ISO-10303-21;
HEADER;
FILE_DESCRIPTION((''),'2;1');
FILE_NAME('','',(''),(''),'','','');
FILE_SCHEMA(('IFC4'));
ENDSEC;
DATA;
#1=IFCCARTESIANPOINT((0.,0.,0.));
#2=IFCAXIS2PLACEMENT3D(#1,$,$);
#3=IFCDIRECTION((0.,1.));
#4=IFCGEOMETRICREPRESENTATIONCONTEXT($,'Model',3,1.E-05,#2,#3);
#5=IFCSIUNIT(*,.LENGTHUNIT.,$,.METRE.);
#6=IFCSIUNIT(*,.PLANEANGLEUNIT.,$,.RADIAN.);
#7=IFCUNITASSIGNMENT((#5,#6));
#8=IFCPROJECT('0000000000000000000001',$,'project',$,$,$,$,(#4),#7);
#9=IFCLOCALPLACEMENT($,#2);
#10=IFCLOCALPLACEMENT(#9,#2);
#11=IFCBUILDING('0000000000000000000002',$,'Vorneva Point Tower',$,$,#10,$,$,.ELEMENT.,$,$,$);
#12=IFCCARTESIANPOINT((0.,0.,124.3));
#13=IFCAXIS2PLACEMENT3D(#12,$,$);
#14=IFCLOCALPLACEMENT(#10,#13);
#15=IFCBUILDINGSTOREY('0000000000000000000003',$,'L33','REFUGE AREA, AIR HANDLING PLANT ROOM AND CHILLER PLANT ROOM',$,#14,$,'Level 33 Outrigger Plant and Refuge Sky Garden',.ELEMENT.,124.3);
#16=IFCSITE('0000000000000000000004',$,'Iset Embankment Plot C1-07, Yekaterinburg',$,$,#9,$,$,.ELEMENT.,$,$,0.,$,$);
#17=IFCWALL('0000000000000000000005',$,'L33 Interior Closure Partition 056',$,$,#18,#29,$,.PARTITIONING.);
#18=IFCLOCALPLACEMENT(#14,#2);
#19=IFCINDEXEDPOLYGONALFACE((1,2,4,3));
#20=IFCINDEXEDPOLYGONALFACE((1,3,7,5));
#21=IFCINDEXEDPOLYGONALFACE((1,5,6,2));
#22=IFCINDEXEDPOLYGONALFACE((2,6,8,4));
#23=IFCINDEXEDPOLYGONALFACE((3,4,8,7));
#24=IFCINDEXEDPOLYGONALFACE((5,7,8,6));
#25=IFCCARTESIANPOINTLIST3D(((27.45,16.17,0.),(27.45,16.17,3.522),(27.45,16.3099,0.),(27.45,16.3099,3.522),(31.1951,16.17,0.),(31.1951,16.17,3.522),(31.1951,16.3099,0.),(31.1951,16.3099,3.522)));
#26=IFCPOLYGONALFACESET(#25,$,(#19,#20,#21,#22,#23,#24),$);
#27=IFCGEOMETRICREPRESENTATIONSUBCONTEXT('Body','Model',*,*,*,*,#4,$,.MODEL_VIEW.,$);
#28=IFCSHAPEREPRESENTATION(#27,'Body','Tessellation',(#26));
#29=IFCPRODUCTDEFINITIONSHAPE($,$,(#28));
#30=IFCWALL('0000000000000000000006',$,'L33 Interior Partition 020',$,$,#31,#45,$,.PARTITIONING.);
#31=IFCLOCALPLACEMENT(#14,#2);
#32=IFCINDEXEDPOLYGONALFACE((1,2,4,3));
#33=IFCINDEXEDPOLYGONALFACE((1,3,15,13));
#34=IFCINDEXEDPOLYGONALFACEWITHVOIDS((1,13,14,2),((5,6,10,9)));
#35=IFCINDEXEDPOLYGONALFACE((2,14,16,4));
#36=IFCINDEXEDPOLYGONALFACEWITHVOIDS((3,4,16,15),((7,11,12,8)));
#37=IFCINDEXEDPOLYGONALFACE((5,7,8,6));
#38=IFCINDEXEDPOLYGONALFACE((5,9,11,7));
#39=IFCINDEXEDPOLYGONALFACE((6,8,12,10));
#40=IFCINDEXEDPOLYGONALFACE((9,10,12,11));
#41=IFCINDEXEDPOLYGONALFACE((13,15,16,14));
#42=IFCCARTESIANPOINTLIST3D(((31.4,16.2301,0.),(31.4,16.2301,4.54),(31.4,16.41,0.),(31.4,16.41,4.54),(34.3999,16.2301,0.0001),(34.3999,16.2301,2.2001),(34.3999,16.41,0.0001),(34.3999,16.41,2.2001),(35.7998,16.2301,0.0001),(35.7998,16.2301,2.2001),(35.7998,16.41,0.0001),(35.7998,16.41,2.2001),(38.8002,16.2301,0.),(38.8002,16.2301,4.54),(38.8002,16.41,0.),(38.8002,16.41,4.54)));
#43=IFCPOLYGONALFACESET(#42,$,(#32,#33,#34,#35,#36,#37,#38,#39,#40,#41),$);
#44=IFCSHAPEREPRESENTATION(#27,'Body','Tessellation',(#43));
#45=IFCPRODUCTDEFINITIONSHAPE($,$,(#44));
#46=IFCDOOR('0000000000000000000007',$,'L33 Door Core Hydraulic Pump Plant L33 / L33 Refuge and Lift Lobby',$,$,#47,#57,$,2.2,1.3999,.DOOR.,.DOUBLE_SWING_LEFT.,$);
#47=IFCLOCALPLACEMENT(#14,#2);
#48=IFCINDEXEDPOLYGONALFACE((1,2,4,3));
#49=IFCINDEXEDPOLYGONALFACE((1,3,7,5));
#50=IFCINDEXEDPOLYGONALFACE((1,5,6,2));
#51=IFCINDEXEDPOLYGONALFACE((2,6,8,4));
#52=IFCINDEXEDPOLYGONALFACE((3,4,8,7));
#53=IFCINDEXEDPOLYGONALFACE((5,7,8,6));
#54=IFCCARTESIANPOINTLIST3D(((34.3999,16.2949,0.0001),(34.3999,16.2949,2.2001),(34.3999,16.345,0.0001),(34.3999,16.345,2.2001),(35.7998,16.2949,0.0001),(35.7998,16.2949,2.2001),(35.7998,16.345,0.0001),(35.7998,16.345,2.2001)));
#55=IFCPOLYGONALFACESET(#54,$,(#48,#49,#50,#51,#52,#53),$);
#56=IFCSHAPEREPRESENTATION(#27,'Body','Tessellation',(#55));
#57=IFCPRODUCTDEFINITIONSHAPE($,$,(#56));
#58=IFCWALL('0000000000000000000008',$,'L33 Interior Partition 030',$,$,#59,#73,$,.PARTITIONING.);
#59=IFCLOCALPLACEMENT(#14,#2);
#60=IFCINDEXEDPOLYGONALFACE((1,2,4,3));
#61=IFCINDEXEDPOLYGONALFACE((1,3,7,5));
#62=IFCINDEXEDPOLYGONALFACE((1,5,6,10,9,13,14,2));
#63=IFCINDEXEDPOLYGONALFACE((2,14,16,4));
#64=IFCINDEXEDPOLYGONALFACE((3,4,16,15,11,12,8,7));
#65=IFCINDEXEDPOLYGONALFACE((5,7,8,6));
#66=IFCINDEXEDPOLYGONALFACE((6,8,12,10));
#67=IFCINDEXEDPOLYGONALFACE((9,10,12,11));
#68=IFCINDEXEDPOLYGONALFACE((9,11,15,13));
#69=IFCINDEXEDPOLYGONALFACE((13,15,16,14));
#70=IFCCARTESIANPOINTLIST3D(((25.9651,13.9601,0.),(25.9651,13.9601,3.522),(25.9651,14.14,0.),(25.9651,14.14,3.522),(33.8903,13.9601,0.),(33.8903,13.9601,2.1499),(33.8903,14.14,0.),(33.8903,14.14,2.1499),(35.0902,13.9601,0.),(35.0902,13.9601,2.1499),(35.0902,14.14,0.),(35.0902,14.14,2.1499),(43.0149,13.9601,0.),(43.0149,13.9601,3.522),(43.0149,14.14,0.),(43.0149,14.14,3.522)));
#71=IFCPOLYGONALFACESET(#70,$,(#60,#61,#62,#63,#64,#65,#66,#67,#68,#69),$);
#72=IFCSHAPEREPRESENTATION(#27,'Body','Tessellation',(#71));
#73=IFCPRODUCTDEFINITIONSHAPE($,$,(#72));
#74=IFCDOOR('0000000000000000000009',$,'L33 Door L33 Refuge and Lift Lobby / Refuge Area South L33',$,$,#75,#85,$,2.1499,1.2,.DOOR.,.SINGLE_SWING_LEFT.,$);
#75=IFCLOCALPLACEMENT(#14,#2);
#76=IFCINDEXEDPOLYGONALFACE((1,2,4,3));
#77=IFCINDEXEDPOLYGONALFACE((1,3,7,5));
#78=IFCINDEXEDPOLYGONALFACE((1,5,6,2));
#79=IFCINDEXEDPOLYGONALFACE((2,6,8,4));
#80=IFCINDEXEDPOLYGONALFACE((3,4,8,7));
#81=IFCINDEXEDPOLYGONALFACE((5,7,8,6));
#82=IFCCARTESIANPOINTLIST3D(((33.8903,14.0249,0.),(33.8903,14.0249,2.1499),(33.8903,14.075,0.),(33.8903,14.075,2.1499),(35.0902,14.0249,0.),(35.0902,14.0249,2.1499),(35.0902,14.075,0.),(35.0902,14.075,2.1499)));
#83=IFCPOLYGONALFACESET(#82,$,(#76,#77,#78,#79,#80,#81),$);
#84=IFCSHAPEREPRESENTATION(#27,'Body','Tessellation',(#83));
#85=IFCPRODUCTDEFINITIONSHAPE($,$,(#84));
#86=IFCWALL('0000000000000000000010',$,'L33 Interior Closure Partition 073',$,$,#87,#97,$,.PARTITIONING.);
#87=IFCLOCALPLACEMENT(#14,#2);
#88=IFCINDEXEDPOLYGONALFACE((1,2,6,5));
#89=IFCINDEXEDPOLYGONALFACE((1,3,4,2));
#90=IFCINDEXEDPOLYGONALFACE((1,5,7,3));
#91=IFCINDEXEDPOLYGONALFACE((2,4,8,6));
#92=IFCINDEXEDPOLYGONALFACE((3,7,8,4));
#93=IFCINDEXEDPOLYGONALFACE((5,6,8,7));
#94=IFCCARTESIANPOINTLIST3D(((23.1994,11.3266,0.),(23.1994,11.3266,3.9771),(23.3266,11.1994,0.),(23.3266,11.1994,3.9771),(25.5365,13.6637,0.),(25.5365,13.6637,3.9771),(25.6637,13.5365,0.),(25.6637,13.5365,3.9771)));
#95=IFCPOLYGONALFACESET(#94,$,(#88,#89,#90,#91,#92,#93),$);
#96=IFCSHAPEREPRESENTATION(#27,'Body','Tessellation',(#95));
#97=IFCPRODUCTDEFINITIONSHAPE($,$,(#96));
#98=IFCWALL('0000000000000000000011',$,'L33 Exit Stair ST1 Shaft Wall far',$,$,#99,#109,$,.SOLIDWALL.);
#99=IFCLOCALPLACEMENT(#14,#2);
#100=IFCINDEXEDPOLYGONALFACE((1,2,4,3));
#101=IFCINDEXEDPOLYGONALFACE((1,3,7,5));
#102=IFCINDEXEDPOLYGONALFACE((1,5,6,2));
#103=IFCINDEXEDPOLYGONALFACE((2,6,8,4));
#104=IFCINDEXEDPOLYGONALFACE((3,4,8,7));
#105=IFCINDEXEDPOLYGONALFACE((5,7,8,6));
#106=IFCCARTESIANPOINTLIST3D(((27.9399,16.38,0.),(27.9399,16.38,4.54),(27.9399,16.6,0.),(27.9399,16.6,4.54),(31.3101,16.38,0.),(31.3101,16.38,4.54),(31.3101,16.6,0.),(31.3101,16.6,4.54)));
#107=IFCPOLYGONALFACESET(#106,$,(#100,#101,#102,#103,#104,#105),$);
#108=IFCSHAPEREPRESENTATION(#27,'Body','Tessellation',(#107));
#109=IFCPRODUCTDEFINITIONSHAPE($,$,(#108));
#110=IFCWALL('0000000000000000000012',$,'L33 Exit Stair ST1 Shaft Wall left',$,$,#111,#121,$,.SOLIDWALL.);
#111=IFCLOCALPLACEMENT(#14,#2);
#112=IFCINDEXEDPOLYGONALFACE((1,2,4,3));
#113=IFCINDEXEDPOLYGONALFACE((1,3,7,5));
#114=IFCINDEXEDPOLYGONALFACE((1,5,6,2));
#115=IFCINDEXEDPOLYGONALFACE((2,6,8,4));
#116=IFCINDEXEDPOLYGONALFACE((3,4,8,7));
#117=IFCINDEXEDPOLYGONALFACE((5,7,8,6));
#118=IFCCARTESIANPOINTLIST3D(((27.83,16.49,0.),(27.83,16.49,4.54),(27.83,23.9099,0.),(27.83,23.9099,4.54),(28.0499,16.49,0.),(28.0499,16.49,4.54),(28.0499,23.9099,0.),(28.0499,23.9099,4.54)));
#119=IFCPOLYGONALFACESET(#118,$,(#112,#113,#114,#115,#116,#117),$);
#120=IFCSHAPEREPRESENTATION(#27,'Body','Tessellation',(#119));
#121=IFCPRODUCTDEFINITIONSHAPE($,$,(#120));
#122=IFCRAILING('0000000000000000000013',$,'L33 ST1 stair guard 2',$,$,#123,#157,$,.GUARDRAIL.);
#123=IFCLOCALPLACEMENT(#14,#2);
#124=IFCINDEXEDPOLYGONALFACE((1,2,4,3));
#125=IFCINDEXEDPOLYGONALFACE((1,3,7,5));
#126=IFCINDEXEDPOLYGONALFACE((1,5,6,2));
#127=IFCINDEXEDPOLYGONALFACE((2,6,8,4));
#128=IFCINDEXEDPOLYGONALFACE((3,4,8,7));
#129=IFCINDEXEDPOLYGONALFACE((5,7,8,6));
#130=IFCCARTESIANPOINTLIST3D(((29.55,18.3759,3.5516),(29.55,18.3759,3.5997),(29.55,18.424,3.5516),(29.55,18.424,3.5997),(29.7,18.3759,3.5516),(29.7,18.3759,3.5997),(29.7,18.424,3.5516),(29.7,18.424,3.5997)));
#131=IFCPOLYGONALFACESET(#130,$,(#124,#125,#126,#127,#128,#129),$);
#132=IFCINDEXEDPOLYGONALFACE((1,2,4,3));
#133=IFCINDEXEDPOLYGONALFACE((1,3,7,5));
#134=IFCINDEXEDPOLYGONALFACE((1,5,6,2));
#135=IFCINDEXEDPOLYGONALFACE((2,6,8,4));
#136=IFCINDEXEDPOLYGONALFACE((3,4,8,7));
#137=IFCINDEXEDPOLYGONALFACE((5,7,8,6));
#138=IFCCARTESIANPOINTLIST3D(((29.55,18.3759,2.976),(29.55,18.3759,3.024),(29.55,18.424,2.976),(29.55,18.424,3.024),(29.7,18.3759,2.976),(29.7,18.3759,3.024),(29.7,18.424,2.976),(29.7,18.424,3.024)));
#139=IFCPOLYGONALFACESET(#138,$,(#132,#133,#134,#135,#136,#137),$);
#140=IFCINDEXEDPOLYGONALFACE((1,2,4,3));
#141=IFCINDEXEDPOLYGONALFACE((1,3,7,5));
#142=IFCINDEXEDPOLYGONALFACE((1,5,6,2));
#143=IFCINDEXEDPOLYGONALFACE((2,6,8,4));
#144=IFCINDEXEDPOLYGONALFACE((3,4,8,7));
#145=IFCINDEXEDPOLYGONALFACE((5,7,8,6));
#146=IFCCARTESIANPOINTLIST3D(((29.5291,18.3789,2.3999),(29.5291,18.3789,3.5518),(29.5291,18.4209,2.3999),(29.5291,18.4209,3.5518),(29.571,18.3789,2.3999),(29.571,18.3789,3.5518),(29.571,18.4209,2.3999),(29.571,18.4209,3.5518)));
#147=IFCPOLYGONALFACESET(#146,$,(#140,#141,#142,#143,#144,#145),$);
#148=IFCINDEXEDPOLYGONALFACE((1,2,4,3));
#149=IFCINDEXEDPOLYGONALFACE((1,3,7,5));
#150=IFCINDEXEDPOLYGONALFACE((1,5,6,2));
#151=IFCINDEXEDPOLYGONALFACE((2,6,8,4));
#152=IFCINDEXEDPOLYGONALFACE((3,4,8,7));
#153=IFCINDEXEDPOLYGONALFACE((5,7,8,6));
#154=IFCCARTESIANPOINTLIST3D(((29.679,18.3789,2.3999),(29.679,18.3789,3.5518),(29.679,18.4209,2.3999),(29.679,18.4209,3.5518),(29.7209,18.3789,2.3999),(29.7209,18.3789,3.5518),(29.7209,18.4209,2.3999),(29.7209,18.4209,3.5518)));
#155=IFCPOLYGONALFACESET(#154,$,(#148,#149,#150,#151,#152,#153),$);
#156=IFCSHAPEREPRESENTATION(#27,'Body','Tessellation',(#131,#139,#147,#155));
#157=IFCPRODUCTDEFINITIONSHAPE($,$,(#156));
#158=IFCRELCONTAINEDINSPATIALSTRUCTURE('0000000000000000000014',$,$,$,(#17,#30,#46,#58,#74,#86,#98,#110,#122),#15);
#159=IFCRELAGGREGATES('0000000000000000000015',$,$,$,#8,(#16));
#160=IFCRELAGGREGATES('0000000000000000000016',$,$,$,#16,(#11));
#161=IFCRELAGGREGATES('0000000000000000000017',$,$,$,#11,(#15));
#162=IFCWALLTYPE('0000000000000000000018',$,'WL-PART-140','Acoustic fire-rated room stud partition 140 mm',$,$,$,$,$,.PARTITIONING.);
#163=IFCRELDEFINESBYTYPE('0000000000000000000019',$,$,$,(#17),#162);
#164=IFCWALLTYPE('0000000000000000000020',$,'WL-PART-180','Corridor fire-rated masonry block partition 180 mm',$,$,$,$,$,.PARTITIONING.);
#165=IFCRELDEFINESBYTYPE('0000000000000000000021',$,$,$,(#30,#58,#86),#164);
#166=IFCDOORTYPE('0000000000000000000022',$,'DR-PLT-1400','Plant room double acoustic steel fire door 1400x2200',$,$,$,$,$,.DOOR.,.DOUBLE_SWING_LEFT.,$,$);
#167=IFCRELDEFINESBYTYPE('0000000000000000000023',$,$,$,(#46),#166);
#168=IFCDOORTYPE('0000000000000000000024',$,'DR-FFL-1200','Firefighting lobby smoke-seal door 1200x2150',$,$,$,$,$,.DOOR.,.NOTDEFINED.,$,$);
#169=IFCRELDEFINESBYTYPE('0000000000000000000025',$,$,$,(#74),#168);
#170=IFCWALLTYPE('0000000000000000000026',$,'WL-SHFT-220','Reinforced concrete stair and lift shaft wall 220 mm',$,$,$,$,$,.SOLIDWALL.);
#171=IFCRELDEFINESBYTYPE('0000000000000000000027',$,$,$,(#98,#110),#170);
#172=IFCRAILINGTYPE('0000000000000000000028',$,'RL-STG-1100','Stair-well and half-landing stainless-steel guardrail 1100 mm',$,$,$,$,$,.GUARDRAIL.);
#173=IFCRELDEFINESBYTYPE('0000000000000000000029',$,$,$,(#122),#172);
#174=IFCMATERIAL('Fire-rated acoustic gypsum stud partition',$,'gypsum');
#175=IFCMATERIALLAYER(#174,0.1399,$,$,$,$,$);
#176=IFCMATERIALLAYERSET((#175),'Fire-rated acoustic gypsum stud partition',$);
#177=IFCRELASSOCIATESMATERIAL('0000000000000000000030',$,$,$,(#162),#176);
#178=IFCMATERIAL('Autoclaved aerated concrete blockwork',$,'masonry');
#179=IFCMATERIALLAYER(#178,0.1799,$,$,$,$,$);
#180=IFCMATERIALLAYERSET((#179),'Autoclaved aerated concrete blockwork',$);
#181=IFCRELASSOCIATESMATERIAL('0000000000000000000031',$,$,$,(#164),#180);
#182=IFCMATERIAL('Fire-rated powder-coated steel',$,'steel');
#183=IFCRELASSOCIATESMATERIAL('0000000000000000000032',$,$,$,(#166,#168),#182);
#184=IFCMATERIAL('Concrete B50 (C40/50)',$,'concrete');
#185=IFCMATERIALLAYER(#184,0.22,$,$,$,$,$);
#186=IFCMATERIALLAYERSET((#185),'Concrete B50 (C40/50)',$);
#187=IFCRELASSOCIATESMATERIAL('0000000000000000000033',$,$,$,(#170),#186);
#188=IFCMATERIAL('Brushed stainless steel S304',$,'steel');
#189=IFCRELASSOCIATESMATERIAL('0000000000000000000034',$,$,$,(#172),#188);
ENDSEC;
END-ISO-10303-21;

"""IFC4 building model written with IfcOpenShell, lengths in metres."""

from ifc_helpers import new_model, si_unit, direction, frame, frame_2d, origin, origin_2d, place, context, subcontext, project, spatial, rectangle, extrude, material, layer, layer_set, type_object, element, fill, save


model = new_model("IFC4")

# Units and contexts
model_context = context("Model", 3, precision=1e-05, world=origin(), true_north=direction((0.0, 1.0)))
body_context = subcontext(model_context, "Body", "Model", "MODEL_VIEW")
ifc_project = project(units=[si_unit("LENGTHUNIT", "METRE"), si_unit("PLANEANGLEUNIT", "RADIAN")], contexts=[model_context])

# Site, building, storey
site_placement = place(None, origin())
site = spatial("IfcSite", under=ifc_project, at=site_placement, Name="Iset Embankment Plot C1-07, Yekaterinburg", CompositionType="ELEMENT", RefElevation=0.0)
building_placement = place(site_placement, origin())
building = spatial("IfcBuilding", under=site, at=building_placement, Name="Vorneva Point Tower", CompositionType="ELEMENT")
storey_placement = place(building_placement, frame((0.0, 0.0, 124.3)))
storey = spatial("IfcBuildingStorey", under=building, at=storey_placement, Name="L33", Description="REFUGE AREA, AIR HANDLING PLANT ROOM AND CHILLER PLANT ROOM", LongName="Level 33 Outrigger Plant and Refuge Sky Garden", CompositionType="ELEMENT", Elevation=124.3)

# Wall
ifc_material_1 = material(Name="Fire-rated acoustic gypsum stud partition", Category="gypsum")
ifc_layer_1 = layer(ifc_material_1, 0.1399)
ifc_layer_set_1 = layer_set([ifc_layer_1], Name="Fire-rated acoustic gypsum stud partition")
wall_type_1 = type_object("IfcWallType", Name="WL-PART-140", Description="Acoustic fire-rated room stud partition 140 mm", PredefinedType="PARTITIONING", material=ifc_layer_set_1)
wall_1_placement = place(storey_placement, frame((27.45, 16.24, 0.0), z_axis=(0.0, 0.0, 1.0), x_axis=(1.0, 0.0, 0.0)))
element("IfcWall", 1, at=wall_1_placement, inside=storey, type_object=wall_type_1, Name="L33 Interior Closure Partition 056", PredefinedType="PARTITIONING", context=body_context, shape_type="SweptSolid", body=[
    extrude(rectangle(XDim=3.7451, YDim=0.1399, at=frame_2d((1.8726, 0.0))), origin(), (0.0, 0.0, 1.0), 3.522),
])

# Walls, openings, doors
ifc_material_2 = material(Name="Autoclaved aerated concrete blockwork", Category="masonry")
ifc_layer_2 = layer(ifc_material_2, 0.1799)
ifc_layer_set_2 = layer_set([ifc_layer_2], Name="Autoclaved aerated concrete blockwork")
wall_type_2 = type_object("IfcWallType", Name="WL-PART-180", Description="Corridor fire-rated masonry block partition 180 mm", PredefinedType="PARTITIONING", material=ifc_layer_set_2)
wall_2_placement = place(storey_placement, frame((31.3999, 16.3201, 0.0), z_axis=(0.0, 0.0, 1.0), x_axis=(1.0, 0.0, 0.0)))
wall_2 = element("IfcWall", 2, at=wall_2_placement, inside=storey, type_object=wall_type_2, Name="L33 Interior Partition 020", PredefinedType="PARTITIONING", context=body_context, shape_type="SweptSolid", body=[
    extrude(rectangle(XDim=7.4001, YDim=0.1799, at=frame_2d((3.7002, 0.0))), origin(), (0.0, 0.0, 1.0), 4.54),
])
opening_1_placement = place(wall_2_placement, frame((3.0, 0.0, 0.0)))
opening_1 = element("IfcOpeningElement", 3, at=opening_1_placement, cuts=wall_2, PredefinedType="OPENING", context=body_context, shape_type="SweptSolid", body=[
    extrude(rectangle(XDim=1.3999, YDim=2.2, at=frame_2d((0.7, 1.1001))), frame((0.0, 0.105, 0.0), z_axis=(0.0, -1.0, 0.0), x_axis=(1.0, 0.0, 0.0)), (0.0, 0.0, 1.0), 0.2097),
])
ifc_material_3 = material(Name="Fire-rated powder-coated steel", Category="steel")
door_type_1 = type_object("IfcDoorType", Name="DR-PLT-1400", Description="Plant room double acoustic steel fire door 1400x2200", OperationType="DOUBLE_SWING_LEFT", PredefinedType="DOOR", material=ifc_material_3)
door_1_placement = place(opening_1_placement, origin())
door_1 = element("IfcDoor", 4, at=door_1_placement, inside=storey, type_object=door_type_1, Name="L33 Door Core Hydraulic Pump Plant L33 / L33 Refuge and Lift Lobby", OperationType="DOUBLE_SWING_LEFT", OverallHeight=2.2, OverallWidth=1.3999, PredefinedType="DOOR", context=body_context, shape_type="SweptSolid", body=[
    extrude(rectangle(XDim=1.3999, YDim=2.2, at=frame_2d((0.7, 1.1001))), frame((0.0, 0.0249, 0.0), z_axis=(0.0, -1.0, 0.0), x_axis=(1.0, 0.0, 0.0)), (0.0, 0.0, 1.0), 0.05),
])
fill(opening_1, door_1)
wall_3_placement = place(storey_placement, frame((25.9651, 14.05, 0.0), z_axis=(0.0, 0.0, 1.0), x_axis=(1.0, 0.0, 0.0)))
wall_3 = element("IfcWall", 5, at=wall_3_placement, inside=storey, type_object=wall_type_2, Name="L33 Interior Partition 030", PredefinedType="PARTITIONING", context=body_context, shape_type="SweptSolid", body=[
    extrude(rectangle(XDim=17.0498, YDim=0.1799, at=frame_2d((8.5249, 0.0))), origin(), (0.0, 0.0, 1.0), 3.522),
])
opening_2_placement = place(wall_3_placement, frame((7.925, 0.0, 0.0)))
opening_2 = element("IfcOpeningElement", 6, at=opening_2_placement, cuts=wall_3, PredefinedType="OPENING", context=body_context, shape_type="SweptSolid", body=[
    extrude(rectangle(XDim=1.2, YDim=2.1499, at=frame_2d((0.6001, 1.075))), frame((0.0, 0.105, 0.0), z_axis=(0.0, -1.0, 0.0), x_axis=(1.0, 0.0, 0.0)), (0.0, 0.0, 1.0), 0.2097),
])
door_type_2 = type_object("IfcDoorType", Name="DR-FFL-1200", Description="Firefighting lobby smoke-seal door 1200x2150", OperationType="NOTDEFINED", PredefinedType="DOOR", material=ifc_material_3)
door_2_placement = place(opening_2_placement, origin())
door_2 = element("IfcDoor", 7, at=door_2_placement, inside=storey, type_object=door_type_2, Name="L33 Door L33 Refuge and Lift Lobby / Refuge Area South L33", OperationType="SINGLE_SWING_LEFT", OverallHeight=2.1499, OverallWidth=1.2, PredefinedType="DOOR", context=body_context, shape_type="SweptSolid", body=[
    extrude(rectangle(XDim=1.2, YDim=2.1499, at=frame_2d((0.6001, 1.075))), frame((0.0, 0.0249, 0.0), z_axis=(0.0, -1.0, 0.0), x_axis=(1.0, 0.0, 0.0)), (0.0, 0.0, 1.0), 0.05),
])
fill(opening_2, door_2)

# Walls
wall_4_placement = place(storey_placement, frame((25.6001, 13.6001, 0.0), z_axis=(0.0, 0.0, 1.0), x_axis=(-0.707107, -0.707107, 0.0)))
element("IfcWall", 8, at=wall_4_placement, inside=storey, type_object=wall_type_2, Name="L33 Interior Closure Partition 073", PredefinedType="PARTITIONING", context=body_context, shape_type="SweptSolid", body=[
    extrude(rectangle(XDim=3.3052, YDim=0.1799, at=frame_2d((1.6526, 0.0))), origin(), (0.0, 0.0, 1.0), 3.9771),
])
ifc_material_4 = material(Name="Concrete B50 (C40/50)", Category="concrete")
ifc_layer_3 = layer(ifc_material_4, 0.22)
ifc_layer_set_3 = layer_set([ifc_layer_3], Name="Concrete B50 (C40/50)")
wall_type_3 = type_object("IfcWallType", Name="WL-SHFT-220", Description="Reinforced concrete stair and lift shaft wall 220 mm", PredefinedType="SOLIDWALL", material=ifc_layer_set_3)
wall_5_placement = place(storey_placement, frame((31.3101, 16.49, 0.0), z_axis=(0.0, 0.0, 1.0), x_axis=(-1.0, 0.0, 0.0)))
element("IfcWall", 9, at=wall_5_placement, inside=storey, type_object=wall_type_3, Name="L33 Exit Stair ST1 Shaft Wall far", PredefinedType="SOLIDWALL", context=body_context, shape_type="SweptSolid", body=[
    extrude(rectangle(XDim=3.3701, YDim=0.22, at=frame_2d((1.6851, 0.0))), origin(), (0.0, 0.0, 1.0), 4.54),
])
wall_6_placement = place(storey_placement, frame((27.9399, 16.49, 0.0), z_axis=(0.0, 0.0, 1.0), x_axis=(0.0, 1.0, 0.0)))
element("IfcWall", 10, at=wall_6_placement, inside=storey, type_object=wall_type_3, Name="L33 Exit Stair ST1 Shaft Wall left", PredefinedType="SOLIDWALL", context=body_context, shape_type="SweptSolid", body=[
    extrude(rectangle(XDim=7.4199, YDim=0.22, at=frame_2d((3.71, 0.0))), origin(), (0.0, 0.0, 1.0), 4.54),
])

# Railing
ifc_material_5 = material(Name="Brushed stainless steel S304", Category="steel")
railing_type = type_object("IfcRailingType", Name="RL-STG-1100", Description="Stair-well and half-landing stainless-steel guardrail 1100 mm", PredefinedType="GUARDRAIL", material=ifc_material_5)
railing_placement = place(storey_placement, frame((29.55, 18.3999, 2.3999)))
element("IfcRailing", 11, at=railing_placement, inside=storey, type_object=railing_type, Name="L33 ST1 stair guard 2", PredefinedType="GUARDRAIL", context=body_context, shape_type="SweptSolid", body=[
    extrude(rectangle(XDim=0.0481, YDim=0.0481, at=origin_2d()), frame((0.0, 0.0, 1.1758), z_axis=(1.0, 0.0, 0.0), x_axis=(0.0, 1.0, 0.0)), (0.0, 0.0, 1.0), 0.1499),
    extrude(rectangle(XDim=0.0481, YDim=0.0481, at=origin_2d()), frame((0.0, 0.0, 0.6001), z_axis=(1.0, 0.0, 0.0), x_axis=(0.0, 1.0, 0.0)), (0.0, 0.0, 1.0), 0.1499),
    extrude(rectangle(XDim=0.042, YDim=0.042, at=origin_2d()), origin(), (0.0, 0.0, 1.0), 1.1519),
    extrude(rectangle(XDim=0.042, YDim=0.042, at=origin_2d()), frame((0.1499, 0.0, 0.0)), (0.0, 0.0, 1.0), 1.1519),
])

save(model, "model.ifc")
